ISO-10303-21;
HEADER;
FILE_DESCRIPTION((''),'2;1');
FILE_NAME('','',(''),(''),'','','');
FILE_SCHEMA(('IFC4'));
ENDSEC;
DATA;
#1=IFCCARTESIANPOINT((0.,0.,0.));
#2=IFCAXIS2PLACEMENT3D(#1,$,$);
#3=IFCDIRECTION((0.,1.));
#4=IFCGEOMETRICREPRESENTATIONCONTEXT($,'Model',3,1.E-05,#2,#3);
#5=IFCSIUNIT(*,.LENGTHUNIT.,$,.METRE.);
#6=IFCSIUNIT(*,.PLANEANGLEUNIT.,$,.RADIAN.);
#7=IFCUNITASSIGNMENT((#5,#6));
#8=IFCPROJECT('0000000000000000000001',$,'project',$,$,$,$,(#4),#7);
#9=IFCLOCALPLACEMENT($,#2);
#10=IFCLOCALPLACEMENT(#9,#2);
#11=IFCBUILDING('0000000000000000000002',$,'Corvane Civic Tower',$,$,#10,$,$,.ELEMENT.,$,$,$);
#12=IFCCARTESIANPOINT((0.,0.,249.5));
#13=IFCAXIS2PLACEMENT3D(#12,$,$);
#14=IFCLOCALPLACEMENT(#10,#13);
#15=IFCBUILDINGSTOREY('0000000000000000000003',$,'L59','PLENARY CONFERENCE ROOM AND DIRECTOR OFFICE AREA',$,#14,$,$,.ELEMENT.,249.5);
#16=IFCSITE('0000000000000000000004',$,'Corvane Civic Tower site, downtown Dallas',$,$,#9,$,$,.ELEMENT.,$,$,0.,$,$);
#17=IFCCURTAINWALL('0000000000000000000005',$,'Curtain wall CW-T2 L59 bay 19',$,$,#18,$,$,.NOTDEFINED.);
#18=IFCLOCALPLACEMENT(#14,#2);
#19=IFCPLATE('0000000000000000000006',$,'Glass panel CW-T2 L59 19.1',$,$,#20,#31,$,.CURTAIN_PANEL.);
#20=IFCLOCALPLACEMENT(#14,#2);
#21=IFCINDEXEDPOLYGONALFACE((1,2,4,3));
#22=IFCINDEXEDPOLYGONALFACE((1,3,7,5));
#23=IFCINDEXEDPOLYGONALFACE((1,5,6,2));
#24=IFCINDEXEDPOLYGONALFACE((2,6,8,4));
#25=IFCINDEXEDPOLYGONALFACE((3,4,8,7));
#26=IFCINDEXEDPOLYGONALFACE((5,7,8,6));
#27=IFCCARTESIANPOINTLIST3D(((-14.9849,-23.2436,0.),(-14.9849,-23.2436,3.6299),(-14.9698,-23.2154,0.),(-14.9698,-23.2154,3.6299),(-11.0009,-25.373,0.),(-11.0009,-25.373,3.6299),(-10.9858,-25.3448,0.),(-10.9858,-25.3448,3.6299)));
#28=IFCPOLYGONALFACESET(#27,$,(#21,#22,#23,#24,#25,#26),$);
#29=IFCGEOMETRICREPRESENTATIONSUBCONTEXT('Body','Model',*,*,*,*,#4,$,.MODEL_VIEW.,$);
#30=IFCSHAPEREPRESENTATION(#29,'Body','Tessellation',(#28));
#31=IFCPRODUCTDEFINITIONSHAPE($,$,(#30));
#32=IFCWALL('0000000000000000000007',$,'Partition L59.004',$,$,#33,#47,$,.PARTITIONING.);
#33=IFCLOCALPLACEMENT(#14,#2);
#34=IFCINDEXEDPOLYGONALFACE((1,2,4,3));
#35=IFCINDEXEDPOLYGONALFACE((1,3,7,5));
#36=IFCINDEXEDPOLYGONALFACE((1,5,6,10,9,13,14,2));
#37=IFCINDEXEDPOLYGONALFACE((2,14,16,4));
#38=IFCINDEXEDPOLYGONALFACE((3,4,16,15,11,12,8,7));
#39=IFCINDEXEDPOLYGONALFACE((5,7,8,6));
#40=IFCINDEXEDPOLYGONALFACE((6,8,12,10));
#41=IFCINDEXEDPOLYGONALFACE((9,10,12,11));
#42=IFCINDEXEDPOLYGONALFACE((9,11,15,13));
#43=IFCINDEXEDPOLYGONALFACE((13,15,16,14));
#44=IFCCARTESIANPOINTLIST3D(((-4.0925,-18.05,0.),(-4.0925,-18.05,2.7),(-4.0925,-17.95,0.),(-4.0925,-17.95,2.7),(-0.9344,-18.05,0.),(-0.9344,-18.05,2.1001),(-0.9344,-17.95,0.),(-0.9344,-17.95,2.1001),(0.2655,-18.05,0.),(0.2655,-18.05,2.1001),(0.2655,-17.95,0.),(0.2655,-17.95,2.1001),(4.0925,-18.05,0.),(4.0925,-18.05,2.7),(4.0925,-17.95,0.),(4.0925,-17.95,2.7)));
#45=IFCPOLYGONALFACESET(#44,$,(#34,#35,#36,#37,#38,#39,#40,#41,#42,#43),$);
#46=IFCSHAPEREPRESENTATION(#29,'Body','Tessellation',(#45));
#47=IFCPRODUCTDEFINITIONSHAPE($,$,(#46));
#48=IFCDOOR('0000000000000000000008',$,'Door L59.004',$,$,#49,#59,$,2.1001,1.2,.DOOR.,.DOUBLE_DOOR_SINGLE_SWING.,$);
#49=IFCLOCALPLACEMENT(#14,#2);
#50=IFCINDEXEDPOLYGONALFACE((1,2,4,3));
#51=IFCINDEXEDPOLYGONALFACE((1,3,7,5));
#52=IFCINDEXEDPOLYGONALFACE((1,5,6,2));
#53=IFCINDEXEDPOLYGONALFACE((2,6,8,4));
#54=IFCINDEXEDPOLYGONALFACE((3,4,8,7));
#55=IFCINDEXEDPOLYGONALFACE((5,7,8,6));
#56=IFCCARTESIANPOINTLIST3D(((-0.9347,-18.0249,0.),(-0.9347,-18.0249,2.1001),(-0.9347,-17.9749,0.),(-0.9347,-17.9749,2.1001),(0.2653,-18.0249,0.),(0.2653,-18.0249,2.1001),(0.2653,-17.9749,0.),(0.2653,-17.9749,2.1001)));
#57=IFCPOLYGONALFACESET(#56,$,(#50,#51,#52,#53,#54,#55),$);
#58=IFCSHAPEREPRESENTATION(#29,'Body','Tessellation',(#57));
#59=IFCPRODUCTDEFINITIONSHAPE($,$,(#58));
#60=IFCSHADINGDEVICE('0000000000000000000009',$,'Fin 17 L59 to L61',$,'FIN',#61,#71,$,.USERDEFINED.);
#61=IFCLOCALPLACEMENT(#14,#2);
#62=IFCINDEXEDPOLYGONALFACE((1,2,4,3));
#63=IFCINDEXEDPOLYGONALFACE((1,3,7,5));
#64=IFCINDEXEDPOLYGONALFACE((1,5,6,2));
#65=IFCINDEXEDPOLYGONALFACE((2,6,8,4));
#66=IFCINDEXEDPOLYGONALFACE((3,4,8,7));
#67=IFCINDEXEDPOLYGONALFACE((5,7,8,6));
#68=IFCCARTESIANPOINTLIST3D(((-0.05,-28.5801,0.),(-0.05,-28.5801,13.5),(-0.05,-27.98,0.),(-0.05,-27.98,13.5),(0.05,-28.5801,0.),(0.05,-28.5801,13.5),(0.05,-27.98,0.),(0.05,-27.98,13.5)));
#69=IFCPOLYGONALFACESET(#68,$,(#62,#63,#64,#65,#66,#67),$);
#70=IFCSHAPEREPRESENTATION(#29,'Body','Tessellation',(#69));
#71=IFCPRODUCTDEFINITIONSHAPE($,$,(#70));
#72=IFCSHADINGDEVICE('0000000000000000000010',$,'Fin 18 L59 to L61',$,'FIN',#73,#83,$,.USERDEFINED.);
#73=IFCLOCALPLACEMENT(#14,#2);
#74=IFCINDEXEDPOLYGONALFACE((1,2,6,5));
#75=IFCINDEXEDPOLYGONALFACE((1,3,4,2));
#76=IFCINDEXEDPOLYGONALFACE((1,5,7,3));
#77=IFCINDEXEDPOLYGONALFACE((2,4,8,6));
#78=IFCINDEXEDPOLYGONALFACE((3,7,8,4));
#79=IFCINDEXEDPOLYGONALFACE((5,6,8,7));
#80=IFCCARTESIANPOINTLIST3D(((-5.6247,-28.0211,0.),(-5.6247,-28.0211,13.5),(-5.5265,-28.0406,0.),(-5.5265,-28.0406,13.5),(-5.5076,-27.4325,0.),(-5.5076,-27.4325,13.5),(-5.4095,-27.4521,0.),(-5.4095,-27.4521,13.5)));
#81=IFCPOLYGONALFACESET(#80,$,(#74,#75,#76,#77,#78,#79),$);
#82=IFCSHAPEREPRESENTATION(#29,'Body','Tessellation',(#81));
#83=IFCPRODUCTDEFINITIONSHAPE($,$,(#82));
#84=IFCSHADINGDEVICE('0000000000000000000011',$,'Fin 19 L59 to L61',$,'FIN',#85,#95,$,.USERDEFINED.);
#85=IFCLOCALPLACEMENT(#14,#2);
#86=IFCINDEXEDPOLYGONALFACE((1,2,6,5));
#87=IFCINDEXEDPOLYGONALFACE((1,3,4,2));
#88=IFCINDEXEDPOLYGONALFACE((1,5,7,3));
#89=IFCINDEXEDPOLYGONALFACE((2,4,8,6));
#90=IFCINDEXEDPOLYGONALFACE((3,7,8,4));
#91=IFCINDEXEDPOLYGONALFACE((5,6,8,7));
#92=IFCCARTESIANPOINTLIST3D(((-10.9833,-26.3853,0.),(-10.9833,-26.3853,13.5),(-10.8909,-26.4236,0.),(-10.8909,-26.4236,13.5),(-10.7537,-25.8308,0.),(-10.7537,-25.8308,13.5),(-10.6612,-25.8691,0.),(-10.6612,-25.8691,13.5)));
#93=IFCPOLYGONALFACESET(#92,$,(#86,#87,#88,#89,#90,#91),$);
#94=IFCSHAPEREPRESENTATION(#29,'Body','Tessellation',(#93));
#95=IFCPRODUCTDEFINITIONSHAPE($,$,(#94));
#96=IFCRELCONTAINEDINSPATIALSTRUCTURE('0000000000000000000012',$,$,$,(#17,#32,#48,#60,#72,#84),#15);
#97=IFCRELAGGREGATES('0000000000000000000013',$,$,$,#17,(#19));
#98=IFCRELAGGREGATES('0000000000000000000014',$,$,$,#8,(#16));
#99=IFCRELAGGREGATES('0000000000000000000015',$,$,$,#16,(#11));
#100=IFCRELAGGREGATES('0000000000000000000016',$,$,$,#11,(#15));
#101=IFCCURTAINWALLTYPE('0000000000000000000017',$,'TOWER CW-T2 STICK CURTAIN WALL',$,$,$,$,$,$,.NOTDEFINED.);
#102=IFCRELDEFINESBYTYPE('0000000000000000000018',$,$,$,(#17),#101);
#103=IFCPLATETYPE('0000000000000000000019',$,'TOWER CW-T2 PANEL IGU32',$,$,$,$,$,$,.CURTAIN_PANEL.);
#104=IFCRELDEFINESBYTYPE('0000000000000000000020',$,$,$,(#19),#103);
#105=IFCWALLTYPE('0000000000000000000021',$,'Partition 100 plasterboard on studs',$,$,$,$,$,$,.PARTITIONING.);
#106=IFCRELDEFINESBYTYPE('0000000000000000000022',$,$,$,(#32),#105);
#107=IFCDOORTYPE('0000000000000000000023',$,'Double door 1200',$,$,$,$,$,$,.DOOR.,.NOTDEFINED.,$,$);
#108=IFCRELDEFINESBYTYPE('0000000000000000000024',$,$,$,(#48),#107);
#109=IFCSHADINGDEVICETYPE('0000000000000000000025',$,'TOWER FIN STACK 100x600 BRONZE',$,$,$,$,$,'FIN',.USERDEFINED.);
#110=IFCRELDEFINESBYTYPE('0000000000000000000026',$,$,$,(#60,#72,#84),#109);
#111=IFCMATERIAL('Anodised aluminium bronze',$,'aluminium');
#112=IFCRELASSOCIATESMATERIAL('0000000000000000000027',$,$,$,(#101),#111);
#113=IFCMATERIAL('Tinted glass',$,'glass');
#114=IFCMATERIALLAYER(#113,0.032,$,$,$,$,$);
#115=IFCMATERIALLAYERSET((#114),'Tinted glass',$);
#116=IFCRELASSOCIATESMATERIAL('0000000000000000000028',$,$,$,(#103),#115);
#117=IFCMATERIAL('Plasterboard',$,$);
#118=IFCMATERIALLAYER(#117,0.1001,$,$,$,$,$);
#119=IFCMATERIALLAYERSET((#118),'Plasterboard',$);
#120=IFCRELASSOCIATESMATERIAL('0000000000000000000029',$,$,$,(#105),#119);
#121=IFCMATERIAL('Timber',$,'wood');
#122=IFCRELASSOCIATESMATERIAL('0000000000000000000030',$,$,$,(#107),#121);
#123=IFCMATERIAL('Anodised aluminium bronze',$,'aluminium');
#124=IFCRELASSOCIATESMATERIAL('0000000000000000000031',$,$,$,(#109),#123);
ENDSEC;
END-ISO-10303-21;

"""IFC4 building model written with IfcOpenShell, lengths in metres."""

from ifc_helpers import new_model, si_unit, direction, frame, frame_2d, origin, origin_2d, place, context, subcontext, project, spatial, rectangle, extrude, material, layer, layer_set, material_profile, profile_set, type_object, element, fill, aggregate, save


model = new_model("IFC4")

# Units and contexts
model_context = context("Model", 3, precision=1e-05, world=origin(), true_north=direction((0.0, 1.0)))
body_context = subcontext(model_context, "Body", "Model", "MODEL_VIEW")
ifc_project = project(units=[si_unit("LENGTHUNIT", "METRE"), si_unit("PLANEANGLEUNIT", "RADIAN")], contexts=[model_context])

# Site, building, storey
site_placement = place(None, origin())
site = spatial("IfcSite", under=ifc_project, at=site_placement, Name="Corvane Civic Tower site, downtown Dallas", CompositionType="ELEMENT", RefElevation=0.0)
building_placement = place(site_placement, origin())
building = spatial("IfcBuilding", under=site, at=building_placement, Name="Corvane Civic Tower", CompositionType="ELEMENT")
storey_placement = place(building_placement, frame((0.0, 0.0, 249.5)))
storey = spatial("IfcBuildingStorey", under=building, at=storey_placement, Name="L59", Description="PLENARY CONFERENCE ROOM AND DIRECTOR OFFICE AREA", CompositionType="ELEMENT", Elevation=249.5)

# Curtain wall
ifc_material_1 = material(Name="Anodised aluminium bronze", Category="aluminium")
curtain_wall_type = type_object("IfcCurtainWallType", Name="TOWER CW-T2 STICK CURTAIN WALL", PredefinedType="NOTDEFINED", material=ifc_material_1)
curtain_wall_1_placement = place(storey_placement, origin())
curtain_wall_1 = element("IfcCurtainWall", 1, at=curtain_wall_1_placement, inside=storey, type_object=curtain_wall_type, Name="Curtain wall CW-T2 L59 bay 19", PredefinedType="NOTDEFINED")

# Plate
ifc_material_2 = material(Name="Tinted glass", Category="glass")
ifc_layer_1 = layer(ifc_material_2, 0.032)
ifc_layer_set_1 = layer_set([ifc_layer_1], Name="Tinted glass")
plate_type = type_object("IfcPlateType", Name="TOWER CW-T2 PANEL IGU32", PredefinedType="CURTAIN_PANEL", material=ifc_layer_set_1)
plate_1_placement = place(storey_placement, frame((-12.9854, -24.2942, 0.0), z_axis=(0.0, 0.0, 1.0), x_axis=(-0.88192, 0.471398, 0.0)))
plate_1 = element("IfcPlate", 2, at=plate_1_placement, type_object=plate_type, Name="Glass panel CW-T2 L59 19.1", PredefinedType="CURTAIN_PANEL", context=body_context, shape_type="SweptSolid", body=[
    extrude(rectangle(XDim=4.5173, YDim=0.032, at=origin_2d()), origin(), (0.0, 0.0, 1.0), 3.6299),
])
aggregate(curtain_wall_1, [plate_1])

# Wall, opening, door
ifc_material_3 = material(Name="Plasterboard")
ifc_layer_2 = layer(ifc_material_3, 0.1001)
ifc_layer_set_2 = layer_set([ifc_layer_2], Name="Plasterboard")
wall_type = type_object("IfcWallType", Name="Partition 100 plasterboard on studs", PredefinedType="PARTITIONING", material=ifc_layer_set_2)
wall_placement = place(storey_placement, frame((-4.0925, -18.0, 0.0), z_axis=(0.0, 0.0, 1.0), x_axis=(1.0, 0.0, 0.0)))
wall = element("IfcWall", 3, at=wall_placement, inside=storey, type_object=wall_type, Name="Partition L59.004", PredefinedType="PARTITIONING", context=body_context, shape_type="SweptSolid", body=[
    extrude(rectangle(XDim=8.1851, YDim=0.1001, at=frame_2d((4.0925, 0.0))), origin(), (0.0, 0.0, 1.0), 2.7),
])
opening_placement = place(wall_placement, frame((3.158, 0.0, 0.0)))
opening = element("IfcOpeningElement", 4, at=opening_placement, cuts=wall, PredefinedType="OPENING", context=body_context, shape_type="SweptSolid", body=[
    extrude(rectangle(XDim=1.2, YDim=2.1001, at=frame_2d((0.6001, 1.05))), frame((0.0, 0.0601, 0.0), z_axis=(0.0, -1.0, 0.0), x_axis=(1.0, 0.0, 0.0)), (0.0, 0.0, 1.0), 0.1201),
])
ifc_material_4 = material(Name="Timber", Category="wood")
door_type = type_object("IfcDoorType", Name="Double door 1200", OperationType="NOTDEFINED", PredefinedType="DOOR", material=ifc_material_4)
door_placement = place(opening_placement, frame((1.2, 0.0, 0.0), z_axis=(0.0, 0.0, 1.0), x_axis=(-1.0, 0.0, 0.0)))
door = element("IfcDoor", 5, at=door_placement, inside=storey, type_object=door_type, Name="Door L59.004", OperationType="DOUBLE_DOOR_SINGLE_SWING", OverallHeight=2.1001, OverallWidth=1.2, PredefinedType="DOOR", context=body_context, shape_type="SweptSolid", body=[
    extrude(rectangle(XDim=1.2, YDim=2.1001, at=frame_2d((0.6001, 1.05))), frame((0.0, 0.0249, 0.0), z_axis=(0.0, -1.0, 0.0), x_axis=(1.0, 0.0, 0.0)), (0.0, 0.0, 1.0), 0.05),
])
fill(opening, door)

# Shading devices
ifc_material_5 = material(Name="Anodised aluminium bronze", Category="aluminium")
ifc_material_profile_1 = material_profile(ifc_material_5, rectangle(XDim=0.1001, YDim=0.6001, at=origin_2d()), Name="TOWER FIN STACK 100x600 BRONZE")
ifc_profile_set_1 = profile_set([ifc_material_profile_1], Name="Anodised aluminium bronze")
shading_device_type = type_object("IfcShadingDeviceType", Name="TOWER FIN STACK 100x600 BRONZE", ElementType="FIN", PredefinedType="USERDEFINED", material=ifc_profile_set_1)
for number, where, z_axis, x_axis, name in (
    (6, (0.0, -28.28, 0.0), (0.0, 0.0, 1.0), (-1.0, 0.0, 0.0), "Fin 17 L59 to L61"),
    (7, (-5.5171, -27.7366, 0.0), (0.0, 0.0, 1.0), (-0.980785, 0.19509, 0.0), "Fin 18 L59 to L61"),
    (8, (-10.8223, -26.1272, 0.0), (0.0, 0.0, 1.0), (-0.92388, 0.382683, 0.0), "Fin 19 L59 to L61"),
):
    element("IfcShadingDevice", number, at=place(storey_placement, frame(where, z_axis=z_axis, x_axis=x_axis)), inside=storey, type_object=shading_device_type, Name=name, ObjectType="FIN", PredefinedType="USERDEFINED", context=body_context, shape_type="SweptSolid", body=[
        extrude(rectangle(XDim=0.1001, YDim=0.6001, at=origin_2d()), origin(), (0.0, 0.0, 1.0), 13.5),
    ])

save(model, "model.ifc")
